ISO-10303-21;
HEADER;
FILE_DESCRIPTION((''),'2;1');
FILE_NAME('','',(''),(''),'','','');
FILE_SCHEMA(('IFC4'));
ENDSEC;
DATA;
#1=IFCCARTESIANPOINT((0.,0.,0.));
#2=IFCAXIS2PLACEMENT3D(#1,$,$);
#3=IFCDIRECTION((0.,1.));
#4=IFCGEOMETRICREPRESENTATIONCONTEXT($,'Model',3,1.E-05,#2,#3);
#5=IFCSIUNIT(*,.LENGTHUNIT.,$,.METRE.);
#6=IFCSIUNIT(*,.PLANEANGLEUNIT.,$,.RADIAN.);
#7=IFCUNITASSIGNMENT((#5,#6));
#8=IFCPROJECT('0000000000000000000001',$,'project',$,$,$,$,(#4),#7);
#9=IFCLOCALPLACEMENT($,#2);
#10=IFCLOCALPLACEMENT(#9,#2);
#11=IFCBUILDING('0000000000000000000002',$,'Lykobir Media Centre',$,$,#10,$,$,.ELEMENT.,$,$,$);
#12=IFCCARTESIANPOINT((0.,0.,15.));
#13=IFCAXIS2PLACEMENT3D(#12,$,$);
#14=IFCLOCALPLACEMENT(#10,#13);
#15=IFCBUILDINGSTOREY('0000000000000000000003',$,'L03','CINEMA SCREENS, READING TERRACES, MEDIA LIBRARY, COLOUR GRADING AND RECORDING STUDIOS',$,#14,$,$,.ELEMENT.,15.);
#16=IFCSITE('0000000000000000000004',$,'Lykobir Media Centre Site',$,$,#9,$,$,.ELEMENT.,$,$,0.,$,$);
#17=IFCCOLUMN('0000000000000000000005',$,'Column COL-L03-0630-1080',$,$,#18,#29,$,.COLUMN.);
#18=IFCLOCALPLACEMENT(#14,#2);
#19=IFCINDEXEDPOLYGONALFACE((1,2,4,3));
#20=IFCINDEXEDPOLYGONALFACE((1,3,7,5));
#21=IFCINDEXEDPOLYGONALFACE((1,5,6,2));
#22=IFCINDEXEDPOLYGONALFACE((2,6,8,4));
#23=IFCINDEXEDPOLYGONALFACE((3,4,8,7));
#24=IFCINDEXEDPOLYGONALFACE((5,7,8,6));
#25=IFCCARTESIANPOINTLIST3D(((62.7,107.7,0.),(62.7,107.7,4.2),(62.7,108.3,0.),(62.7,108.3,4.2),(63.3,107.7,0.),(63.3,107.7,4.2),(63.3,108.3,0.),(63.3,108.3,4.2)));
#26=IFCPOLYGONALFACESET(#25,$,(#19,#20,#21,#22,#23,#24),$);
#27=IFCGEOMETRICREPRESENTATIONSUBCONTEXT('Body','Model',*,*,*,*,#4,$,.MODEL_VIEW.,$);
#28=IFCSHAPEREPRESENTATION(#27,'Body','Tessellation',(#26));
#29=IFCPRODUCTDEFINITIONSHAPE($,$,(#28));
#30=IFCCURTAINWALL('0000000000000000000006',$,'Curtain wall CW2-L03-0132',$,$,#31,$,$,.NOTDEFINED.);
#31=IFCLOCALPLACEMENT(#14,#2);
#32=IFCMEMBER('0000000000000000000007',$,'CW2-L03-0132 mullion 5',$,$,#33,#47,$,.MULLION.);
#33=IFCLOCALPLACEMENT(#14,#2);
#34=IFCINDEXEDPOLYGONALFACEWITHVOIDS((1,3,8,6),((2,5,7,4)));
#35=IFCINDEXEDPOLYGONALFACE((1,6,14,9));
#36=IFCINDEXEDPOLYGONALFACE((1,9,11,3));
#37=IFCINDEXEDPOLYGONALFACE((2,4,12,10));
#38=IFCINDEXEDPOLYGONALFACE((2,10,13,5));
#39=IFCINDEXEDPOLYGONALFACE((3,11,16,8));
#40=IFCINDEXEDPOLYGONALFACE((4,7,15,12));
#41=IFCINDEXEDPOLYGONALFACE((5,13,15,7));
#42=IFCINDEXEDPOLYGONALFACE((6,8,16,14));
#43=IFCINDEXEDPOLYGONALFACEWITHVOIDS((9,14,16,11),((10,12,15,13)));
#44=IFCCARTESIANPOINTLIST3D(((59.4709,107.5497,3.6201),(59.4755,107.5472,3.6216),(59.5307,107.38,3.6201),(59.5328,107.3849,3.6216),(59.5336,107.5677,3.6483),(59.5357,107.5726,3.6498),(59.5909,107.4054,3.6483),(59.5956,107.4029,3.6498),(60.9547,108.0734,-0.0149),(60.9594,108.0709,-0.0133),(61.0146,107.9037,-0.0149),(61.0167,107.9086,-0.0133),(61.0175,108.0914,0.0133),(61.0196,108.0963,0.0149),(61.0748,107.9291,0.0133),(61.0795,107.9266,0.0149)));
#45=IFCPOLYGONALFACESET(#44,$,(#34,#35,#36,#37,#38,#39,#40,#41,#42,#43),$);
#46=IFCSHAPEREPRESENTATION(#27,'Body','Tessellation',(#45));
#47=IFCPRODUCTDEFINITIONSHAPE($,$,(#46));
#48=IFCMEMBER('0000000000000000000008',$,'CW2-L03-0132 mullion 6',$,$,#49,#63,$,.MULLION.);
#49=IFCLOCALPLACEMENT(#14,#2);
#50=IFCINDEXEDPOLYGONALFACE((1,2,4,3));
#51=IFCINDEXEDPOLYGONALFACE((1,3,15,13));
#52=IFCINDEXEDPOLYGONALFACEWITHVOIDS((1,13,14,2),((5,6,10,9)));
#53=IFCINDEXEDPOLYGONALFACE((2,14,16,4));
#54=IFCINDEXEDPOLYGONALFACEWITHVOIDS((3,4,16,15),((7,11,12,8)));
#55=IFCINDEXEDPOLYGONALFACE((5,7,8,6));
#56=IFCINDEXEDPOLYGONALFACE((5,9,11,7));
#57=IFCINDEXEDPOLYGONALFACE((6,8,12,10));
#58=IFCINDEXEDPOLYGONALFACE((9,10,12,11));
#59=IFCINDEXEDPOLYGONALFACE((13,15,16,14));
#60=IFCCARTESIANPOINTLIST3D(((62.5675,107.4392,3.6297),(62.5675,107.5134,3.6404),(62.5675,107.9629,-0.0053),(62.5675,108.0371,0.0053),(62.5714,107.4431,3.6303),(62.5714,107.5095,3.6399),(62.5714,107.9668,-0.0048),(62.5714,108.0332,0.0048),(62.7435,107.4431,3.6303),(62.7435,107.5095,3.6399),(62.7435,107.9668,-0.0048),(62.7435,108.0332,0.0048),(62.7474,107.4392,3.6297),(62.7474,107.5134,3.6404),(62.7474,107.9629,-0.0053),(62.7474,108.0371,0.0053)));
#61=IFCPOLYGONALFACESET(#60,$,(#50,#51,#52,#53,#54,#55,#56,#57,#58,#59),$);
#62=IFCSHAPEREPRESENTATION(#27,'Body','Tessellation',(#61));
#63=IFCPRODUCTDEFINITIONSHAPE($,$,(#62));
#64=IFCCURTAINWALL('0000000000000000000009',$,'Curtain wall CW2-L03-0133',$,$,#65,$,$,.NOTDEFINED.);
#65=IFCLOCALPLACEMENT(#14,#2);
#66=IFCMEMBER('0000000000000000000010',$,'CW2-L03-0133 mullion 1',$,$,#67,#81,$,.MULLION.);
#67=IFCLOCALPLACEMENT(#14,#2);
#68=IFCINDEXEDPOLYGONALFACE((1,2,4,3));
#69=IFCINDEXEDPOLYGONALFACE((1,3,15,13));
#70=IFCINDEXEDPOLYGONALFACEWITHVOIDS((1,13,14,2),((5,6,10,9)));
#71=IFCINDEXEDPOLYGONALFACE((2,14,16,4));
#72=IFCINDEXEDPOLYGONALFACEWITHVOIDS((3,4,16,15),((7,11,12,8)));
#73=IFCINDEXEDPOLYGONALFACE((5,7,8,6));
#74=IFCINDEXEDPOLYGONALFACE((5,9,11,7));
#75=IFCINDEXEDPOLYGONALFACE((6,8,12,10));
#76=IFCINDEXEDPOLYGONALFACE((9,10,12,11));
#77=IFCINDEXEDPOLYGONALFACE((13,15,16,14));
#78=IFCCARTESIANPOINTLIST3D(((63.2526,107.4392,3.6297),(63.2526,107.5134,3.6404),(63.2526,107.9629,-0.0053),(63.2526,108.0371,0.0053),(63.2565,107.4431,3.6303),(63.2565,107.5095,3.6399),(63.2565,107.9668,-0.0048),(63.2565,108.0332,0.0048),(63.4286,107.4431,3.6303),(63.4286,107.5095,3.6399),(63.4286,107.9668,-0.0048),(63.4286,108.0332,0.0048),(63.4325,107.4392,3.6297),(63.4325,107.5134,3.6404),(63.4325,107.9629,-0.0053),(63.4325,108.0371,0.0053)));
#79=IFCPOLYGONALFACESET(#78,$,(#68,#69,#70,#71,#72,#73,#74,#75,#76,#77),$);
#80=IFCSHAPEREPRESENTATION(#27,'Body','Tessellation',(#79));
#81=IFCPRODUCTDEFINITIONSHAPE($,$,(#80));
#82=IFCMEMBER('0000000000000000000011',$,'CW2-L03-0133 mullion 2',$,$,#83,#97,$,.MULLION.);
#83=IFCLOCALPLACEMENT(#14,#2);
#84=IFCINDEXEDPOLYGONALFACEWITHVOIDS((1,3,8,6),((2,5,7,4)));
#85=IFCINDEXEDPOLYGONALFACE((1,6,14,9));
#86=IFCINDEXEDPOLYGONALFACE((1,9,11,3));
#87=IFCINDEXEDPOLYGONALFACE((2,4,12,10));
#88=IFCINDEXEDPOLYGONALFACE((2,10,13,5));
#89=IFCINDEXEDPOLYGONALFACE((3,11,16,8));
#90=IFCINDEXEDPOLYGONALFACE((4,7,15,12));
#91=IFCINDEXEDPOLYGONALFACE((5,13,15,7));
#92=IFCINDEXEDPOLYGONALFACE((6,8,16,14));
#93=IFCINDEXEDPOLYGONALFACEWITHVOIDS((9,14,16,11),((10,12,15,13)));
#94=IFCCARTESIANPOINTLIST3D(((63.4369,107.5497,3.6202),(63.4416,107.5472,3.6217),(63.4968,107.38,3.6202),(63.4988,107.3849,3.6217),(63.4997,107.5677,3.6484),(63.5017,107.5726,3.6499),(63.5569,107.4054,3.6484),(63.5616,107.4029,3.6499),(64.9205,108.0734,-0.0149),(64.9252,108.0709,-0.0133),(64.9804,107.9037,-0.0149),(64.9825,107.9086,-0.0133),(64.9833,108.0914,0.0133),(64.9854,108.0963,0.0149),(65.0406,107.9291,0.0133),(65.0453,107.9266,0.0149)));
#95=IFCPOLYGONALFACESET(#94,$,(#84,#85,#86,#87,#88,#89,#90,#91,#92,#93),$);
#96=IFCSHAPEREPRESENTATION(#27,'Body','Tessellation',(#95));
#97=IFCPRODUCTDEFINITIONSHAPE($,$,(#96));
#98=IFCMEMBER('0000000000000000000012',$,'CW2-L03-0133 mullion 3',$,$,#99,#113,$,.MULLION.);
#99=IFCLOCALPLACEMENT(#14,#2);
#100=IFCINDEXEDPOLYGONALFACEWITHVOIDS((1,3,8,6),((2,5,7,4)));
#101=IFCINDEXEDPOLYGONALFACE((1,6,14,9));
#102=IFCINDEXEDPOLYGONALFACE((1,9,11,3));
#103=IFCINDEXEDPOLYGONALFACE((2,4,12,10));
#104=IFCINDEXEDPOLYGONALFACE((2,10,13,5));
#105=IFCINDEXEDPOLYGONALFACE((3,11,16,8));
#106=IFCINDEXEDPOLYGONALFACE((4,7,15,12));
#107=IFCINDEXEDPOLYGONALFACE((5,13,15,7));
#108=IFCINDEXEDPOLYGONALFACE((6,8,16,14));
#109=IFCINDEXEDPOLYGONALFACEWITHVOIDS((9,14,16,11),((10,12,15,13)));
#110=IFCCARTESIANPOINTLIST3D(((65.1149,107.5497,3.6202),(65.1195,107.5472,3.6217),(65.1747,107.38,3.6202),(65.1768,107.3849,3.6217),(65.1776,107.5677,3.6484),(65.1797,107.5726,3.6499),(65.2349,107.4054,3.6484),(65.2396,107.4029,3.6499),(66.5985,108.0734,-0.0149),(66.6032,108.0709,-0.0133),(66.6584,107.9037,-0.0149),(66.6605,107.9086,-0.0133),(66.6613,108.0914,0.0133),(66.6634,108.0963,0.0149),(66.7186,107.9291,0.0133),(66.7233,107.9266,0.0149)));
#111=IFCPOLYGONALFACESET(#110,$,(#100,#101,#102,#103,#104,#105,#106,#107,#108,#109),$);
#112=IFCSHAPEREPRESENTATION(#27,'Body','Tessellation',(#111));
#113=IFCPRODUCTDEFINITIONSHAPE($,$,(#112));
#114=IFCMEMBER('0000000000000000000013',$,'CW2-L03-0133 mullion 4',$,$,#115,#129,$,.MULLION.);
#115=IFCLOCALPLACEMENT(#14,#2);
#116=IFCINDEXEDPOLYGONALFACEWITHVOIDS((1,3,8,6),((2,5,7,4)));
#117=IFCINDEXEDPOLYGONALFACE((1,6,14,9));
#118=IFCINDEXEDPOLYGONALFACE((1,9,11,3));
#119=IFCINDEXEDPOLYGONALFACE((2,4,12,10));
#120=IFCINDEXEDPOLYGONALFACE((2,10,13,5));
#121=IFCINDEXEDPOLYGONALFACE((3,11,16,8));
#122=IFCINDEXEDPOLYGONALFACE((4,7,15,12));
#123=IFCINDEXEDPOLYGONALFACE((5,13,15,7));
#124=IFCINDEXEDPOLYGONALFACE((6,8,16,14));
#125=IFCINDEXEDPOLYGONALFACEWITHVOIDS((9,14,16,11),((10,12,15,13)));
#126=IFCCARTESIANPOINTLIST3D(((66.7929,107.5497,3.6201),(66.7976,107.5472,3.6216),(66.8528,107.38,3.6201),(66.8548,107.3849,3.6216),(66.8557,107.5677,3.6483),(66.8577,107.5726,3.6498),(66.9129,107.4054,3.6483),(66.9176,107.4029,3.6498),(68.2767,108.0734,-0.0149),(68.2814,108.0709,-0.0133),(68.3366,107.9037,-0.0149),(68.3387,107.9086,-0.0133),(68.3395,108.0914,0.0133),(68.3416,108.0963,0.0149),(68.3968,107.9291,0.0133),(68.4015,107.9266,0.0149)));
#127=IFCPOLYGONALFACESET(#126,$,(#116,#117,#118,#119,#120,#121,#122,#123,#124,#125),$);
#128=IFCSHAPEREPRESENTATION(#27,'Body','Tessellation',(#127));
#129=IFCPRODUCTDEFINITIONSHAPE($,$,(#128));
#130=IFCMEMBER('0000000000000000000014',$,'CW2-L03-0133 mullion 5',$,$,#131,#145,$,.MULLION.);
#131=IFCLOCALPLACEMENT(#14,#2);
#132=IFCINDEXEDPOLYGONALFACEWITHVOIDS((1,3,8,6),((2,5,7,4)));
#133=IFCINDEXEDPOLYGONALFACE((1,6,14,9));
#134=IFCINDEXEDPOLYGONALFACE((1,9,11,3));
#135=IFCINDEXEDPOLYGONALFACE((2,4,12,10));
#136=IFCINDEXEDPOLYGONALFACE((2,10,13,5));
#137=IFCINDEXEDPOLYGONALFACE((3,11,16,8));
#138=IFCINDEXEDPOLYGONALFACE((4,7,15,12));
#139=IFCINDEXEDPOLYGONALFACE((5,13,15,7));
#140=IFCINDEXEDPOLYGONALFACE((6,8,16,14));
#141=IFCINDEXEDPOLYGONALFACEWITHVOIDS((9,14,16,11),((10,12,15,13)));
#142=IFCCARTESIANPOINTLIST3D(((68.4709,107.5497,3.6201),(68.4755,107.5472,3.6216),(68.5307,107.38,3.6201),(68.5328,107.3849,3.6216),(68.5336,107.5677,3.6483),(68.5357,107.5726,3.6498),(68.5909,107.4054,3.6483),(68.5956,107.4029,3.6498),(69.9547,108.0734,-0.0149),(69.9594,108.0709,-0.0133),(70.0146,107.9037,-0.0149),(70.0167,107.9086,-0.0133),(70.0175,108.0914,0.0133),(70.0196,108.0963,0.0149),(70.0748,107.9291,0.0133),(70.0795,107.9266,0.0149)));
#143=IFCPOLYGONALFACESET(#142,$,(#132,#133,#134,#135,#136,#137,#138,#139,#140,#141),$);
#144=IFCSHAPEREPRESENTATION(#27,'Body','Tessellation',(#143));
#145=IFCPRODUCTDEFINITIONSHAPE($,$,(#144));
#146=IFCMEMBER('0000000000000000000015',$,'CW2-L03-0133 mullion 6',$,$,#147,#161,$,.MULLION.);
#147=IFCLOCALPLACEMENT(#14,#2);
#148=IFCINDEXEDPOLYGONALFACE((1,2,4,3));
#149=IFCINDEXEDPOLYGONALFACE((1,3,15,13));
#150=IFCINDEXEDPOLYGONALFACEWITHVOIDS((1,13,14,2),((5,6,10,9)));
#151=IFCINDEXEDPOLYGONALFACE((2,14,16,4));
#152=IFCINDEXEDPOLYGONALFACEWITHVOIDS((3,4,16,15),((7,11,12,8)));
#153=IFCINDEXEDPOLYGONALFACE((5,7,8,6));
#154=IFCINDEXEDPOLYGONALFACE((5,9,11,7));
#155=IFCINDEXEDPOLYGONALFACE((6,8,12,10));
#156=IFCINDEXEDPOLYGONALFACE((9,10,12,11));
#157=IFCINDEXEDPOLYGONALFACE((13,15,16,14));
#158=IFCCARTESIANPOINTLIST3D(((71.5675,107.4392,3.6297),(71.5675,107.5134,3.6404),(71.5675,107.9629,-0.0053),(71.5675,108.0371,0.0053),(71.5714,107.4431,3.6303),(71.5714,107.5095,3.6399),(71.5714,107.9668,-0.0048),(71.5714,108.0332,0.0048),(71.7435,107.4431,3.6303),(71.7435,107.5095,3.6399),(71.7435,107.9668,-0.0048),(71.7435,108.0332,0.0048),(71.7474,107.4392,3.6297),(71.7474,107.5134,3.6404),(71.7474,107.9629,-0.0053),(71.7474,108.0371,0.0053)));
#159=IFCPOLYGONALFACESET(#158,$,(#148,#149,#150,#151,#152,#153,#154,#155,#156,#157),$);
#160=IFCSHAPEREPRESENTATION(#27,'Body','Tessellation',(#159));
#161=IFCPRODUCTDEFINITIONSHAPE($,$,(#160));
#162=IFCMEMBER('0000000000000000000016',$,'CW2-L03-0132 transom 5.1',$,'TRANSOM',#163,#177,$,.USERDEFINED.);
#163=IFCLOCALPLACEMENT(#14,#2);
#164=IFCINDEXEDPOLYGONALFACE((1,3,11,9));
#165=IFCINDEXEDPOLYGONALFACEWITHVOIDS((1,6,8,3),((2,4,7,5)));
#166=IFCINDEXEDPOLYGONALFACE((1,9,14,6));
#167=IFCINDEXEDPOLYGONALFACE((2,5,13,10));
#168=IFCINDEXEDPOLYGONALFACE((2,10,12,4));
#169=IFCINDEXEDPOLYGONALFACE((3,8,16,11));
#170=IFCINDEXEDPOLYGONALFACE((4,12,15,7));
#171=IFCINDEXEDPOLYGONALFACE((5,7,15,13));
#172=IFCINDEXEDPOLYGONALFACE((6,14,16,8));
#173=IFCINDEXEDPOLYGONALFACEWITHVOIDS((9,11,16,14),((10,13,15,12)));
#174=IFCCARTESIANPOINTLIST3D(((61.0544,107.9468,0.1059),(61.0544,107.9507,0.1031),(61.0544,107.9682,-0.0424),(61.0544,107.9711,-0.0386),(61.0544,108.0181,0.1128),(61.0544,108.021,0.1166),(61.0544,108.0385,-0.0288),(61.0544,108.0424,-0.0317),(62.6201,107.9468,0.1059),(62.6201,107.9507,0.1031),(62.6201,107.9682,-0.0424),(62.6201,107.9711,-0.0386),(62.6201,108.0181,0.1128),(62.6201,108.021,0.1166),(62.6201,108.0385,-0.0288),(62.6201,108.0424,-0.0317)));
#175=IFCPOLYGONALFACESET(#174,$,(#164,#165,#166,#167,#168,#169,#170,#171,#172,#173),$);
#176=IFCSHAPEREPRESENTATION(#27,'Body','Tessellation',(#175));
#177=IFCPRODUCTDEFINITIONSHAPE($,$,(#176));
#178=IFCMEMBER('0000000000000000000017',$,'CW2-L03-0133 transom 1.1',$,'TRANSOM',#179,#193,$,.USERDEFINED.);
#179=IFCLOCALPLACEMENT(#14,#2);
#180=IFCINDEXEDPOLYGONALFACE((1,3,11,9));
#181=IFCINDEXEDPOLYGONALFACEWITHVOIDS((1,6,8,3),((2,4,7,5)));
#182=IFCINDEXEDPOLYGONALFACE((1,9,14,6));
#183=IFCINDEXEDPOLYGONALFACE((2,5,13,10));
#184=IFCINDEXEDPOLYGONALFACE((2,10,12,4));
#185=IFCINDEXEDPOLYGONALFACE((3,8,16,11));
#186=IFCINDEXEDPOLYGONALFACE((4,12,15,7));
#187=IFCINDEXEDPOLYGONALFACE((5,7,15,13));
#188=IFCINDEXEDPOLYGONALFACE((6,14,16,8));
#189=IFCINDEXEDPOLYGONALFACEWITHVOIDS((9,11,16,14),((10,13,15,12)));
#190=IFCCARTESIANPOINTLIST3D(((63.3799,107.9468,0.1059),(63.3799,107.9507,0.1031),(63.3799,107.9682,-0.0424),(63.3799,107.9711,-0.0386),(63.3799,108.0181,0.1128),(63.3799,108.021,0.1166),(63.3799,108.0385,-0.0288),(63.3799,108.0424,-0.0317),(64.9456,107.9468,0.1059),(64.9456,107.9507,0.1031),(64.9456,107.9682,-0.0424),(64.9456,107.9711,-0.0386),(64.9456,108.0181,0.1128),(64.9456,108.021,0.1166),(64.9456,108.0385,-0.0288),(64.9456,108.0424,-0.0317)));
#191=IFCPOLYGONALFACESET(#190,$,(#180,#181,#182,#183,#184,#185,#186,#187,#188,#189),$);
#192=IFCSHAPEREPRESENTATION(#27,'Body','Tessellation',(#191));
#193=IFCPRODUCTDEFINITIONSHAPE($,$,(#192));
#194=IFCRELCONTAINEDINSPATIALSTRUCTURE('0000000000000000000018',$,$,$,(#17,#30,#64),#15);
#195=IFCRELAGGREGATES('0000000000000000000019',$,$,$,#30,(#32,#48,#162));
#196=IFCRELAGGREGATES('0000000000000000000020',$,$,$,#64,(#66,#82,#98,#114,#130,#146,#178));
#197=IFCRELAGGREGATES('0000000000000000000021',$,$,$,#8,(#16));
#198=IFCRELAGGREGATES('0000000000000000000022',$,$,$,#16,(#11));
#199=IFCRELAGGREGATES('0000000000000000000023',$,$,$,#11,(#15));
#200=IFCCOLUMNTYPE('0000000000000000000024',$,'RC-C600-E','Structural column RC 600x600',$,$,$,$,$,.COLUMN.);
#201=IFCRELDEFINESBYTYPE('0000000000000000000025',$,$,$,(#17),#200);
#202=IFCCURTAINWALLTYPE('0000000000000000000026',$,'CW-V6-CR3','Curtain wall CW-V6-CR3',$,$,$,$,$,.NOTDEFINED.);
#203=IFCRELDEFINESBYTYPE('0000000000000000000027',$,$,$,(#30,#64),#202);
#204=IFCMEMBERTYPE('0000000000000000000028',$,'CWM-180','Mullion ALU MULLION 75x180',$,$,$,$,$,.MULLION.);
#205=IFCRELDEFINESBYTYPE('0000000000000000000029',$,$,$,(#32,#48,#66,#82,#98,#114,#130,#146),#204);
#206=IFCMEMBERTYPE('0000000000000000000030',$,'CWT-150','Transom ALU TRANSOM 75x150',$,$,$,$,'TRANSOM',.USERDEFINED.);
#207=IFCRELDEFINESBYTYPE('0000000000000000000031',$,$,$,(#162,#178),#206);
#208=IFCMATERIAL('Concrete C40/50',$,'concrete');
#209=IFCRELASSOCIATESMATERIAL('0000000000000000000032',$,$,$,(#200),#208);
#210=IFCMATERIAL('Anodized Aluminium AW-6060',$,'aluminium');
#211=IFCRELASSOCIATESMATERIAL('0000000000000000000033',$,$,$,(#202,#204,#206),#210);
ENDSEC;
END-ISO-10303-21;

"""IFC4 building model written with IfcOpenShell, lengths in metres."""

from ifc_helpers import new_model, si_unit, direction, frame, origin, origin_2d, place, context, subcontext, project, spatial, rectangle, hollow_rectangle, extrude, material, material_profile, profile_set, type_object, element, aggregate, save


model = new_model("IFC4")

# Units and contexts
model_context = context("Model", 3, precision=1e-05, world=origin(), true_north=direction((0.0, 1.0)))
body_context = subcontext(model_context, "Body", "Model", "MODEL_VIEW")
ifc_project = project(units=[si_unit("LENGTHUNIT", "METRE"), si_unit("PLANEANGLEUNIT", "RADIAN")], contexts=[model_context])

# Site, building, storey
site_placement = place(None, origin())
site = spatial("IfcSite", under=ifc_project, at=site_placement, Name="Lykobir Media Centre Site", CompositionType="ELEMENT", RefElevation=0.0)
building_placement = place(site_placement, origin())
building = spatial("IfcBuilding", under=site, at=building_placement, Name="Lykobir Media Centre", CompositionType="ELEMENT")
storey_placement = place(building_placement, frame((0.0, 0.0, 15.0)))
storey = spatial("IfcBuildingStorey", under=building, at=storey_placement, Name="L03", Description="CINEMA SCREENS, READING TERRACES, MEDIA LIBRARY, COLOUR GRADING AND RECORDING STUDIOS", CompositionType="ELEMENT", Elevation=15.0)

# Column
ifc_material_1 = material(Name="Concrete C40/50", Category="concrete")
ifc_material_profile_1 = material_profile(ifc_material_1, rectangle(XDim=0.6001, YDim=0.6001, at=origin_2d()), Name="RC 600x600")
ifc_profile_set_1 = profile_set([ifc_material_profile_1], Name="Concrete C40/50")
column_type = type_object("IfcColumnType", Name="RC-C600-E", Description="Structural column RC 600x600", PredefinedType="COLUMN", material=ifc_profile_set_1)
column_placement = place(storey_placement, frame((63.0, 108.0, 0.0), z_axis=(0.0, 0.0, 1.0), x_axis=(1.0, 0.0, 0.0)))
element("IfcColumn", 1, at=column_placement, inside=storey, type_object=column_type, Name="Column COL-L03-0630-1080", PredefinedType="COLUMN", context=body_context, shape_type="SweptSolid", body=[
    extrude(rectangle(XDim=0.6001, YDim=0.6001, at=origin_2d()), origin(), (0.0, 0.0, 1.0), 4.2),
])

# Curtain walls, members
ifc_material_2 = material(Name="Anodized Aluminium AW-6060", Category="aluminium")
curtain_wall_type = type_object("IfcCurtainWallType", Name="CW-V6-CR3", Description="Curtain wall CW-V6-CR3", PredefinedType="NOTDEFINED", material=ifc_material_2)
curtain_wall_1_placement = place(storey_placement, origin())
curtain_wall_1 = element("IfcCurtainWall", 2, at=curtain_wall_1_placement, inside=storey, type_object=curtain_wall_type, Name="Curtain wall CW2-L03-0132", PredefinedType="NOTDEFINED")
ifc_material_profile_2 = material_profile(ifc_material_2, hollow_rectangle(XDim=0.075, YDim=0.1799, WallThickness=0.0039, at=origin_2d()), Name="ALU MULLION 75x180")
ifc_profile_set_2 = profile_set([ifc_material_profile_2], Name="Anodized Aluminium AW-6060")
member_type_1 = type_object("IfcMemberType", Name="CWM-180", Description="Mullion ALU MULLION 75x180", PredefinedType="MULLION", material=ifc_profile_set_2)
member_1_placement = place(storey_placement, frame((61.0171, 108.0, 0.0), z_axis=(-0.374625, -0.13221, 0.917702), x_axis=(0.865392, 0.305407, 0.39727)))
member_1 = element("IfcMember", 3, at=member_1_placement, type_object=member_type_1, Name="CW2-L03-0132 mullion 5", PredefinedType="MULLION", context=body_context, shape_type="SweptSolid", body=[
    extrude(hollow_rectangle(XDim=0.075, YDim=0.1799, WallThickness=0.0039, at=origin_2d()), origin(), (0.0, 0.0, 1.0), 3.9609),
])
member_2_placement = place(storey_placement, frame((62.6575, 108.0, 0.0), z_axis=(0.0, -0.142594, 0.989781), x_axis=(0.0, 0.989781, 0.142594)))
member_2 = element("IfcMember", 4, at=member_2_placement, type_object=member_type_1, Name="CW2-L03-0132 mullion 6", PredefinedType="MULLION", context=body_context, shape_type="SweptSolid", body=[
    extrude(hollow_rectangle(XDim=0.075, YDim=0.1799, WallThickness=0.0039, at=origin_2d()), origin(), (0.0, 0.0, 1.0), 3.6726),
])
curtain_wall_2_placement = place(storey_placement, origin())
curtain_wall_2 = element("IfcCurtainWall", 5, at=curtain_wall_2_placement, inside=storey, type_object=curtain_wall_type, Name="Curtain wall CW2-L03-0133", PredefinedType="NOTDEFINED")
member_3_placement = place(storey_placement, frame((63.3425, 108.0, 0.0), z_axis=(0.0, -0.142594, 0.989781), x_axis=(0.0, 0.989781, 0.142594)))
member_3 = element("IfcMember", 6, at=member_3_placement, type_object=member_type_1, Name="CW2-L03-0133 mullion 1", PredefinedType="MULLION", context=body_context, shape_type="SweptSolid", body=[
    extrude(hollow_rectangle(XDim=0.075, YDim=0.1799, WallThickness=0.0039, at=origin_2d()), origin(), (0.0, 0.0, 1.0), 3.6726),
])
member_4_placement = place(storey_placement, frame((64.9829, 108.0, 0.0), z_axis=(-0.374572, -0.132213, 0.917723), x_axis=(0.865396, 0.305459, 0.397221)))
member_4 = element("IfcMember", 7, at=member_4_placement, type_object=member_type_1, Name="CW2-L03-0133 mullion 2", PredefinedType="MULLION", context=body_context, shape_type="SweptSolid", body=[
    extrude(hollow_rectangle(XDim=0.075, YDim=0.1799, WallThickness=0.0039, at=origin_2d()), origin(), (0.0, 0.0, 1.0), 3.9609),
])
member_5_placement = place(storey_placement, frame((66.6609, 108.0, 0.0), z_axis=(-0.374572, -0.132213, 0.917723), x_axis=(0.865396, 0.305459, 0.397221)))
member_5 = element("IfcMember", 8, at=member_5_placement, type_object=member_type_1, Name="CW2-L03-0133 mullion 3", PredefinedType="MULLION", context=body_context, shape_type="SweptSolid", body=[
    extrude(hollow_rectangle(XDim=0.075, YDim=0.1799, WallThickness=0.0039, at=origin_2d()), origin(), (0.0, 0.0, 1.0), 3.9609),
])
member_6_placement = place(storey_placement, frame((68.3391, 108.0, 0.0), z_axis=(-0.374625, -0.13221, 0.917702), x_axis=(0.865392, 0.305407, 0.39727)))
member_6 = element("IfcMember", 9, at=member_6_placement, type_object=member_type_1, Name="CW2-L03-0133 mullion 4", PredefinedType="MULLION", context=body_context, shape_type="SweptSolid", body=[
    extrude(hollow_rectangle(XDim=0.075, YDim=0.1799, WallThickness=0.0039, at=origin_2d()), origin(), (0.0, 0.0, 1.0), 3.9609),
])
member_7_placement = place(storey_placement, frame((70.0171, 108.0, 0.0), z_axis=(-0.374625, -0.13221, 0.917702), x_axis=(0.865392, 0.305407, 0.39727)))
member_7 = element("IfcMember", 10, at=member_7_placement, type_object=member_type_1, Name="CW2-L03-0133 mullion 5", PredefinedType="MULLION", context=body_context, shape_type="SweptSolid", body=[
    extrude(hollow_rectangle(XDim=0.075, YDim=0.1799, WallThickness=0.0039, at=origin_2d()), origin(), (0.0, 0.0, 1.0), 3.9609),
])
member_8_placement = place(storey_placement, frame((71.6575, 108.0, 0.0), z_axis=(0.0, -0.142594, 0.989781), x_axis=(0.0, 0.989781, 0.142594)))
member_8 = element("IfcMember", 11, at=member_8_placement, type_object=member_type_1, Name="CW2-L03-0133 mullion 6", PredefinedType="MULLION", context=body_context, shape_type="SweptSolid", body=[
    extrude(hollow_rectangle(XDim=0.075, YDim=0.1799, WallThickness=0.0039, at=origin_2d()), origin(), (0.0, 0.0, 1.0), 3.6726),
])

# Members
ifc_material_profile_3 = material_profile(ifc_material_2, hollow_rectangle(XDim=0.075, YDim=0.1499, WallThickness=0.0034, at=origin_2d()), Name="ALU TRANSOM 75x150")
ifc_profile_set_3 = profile_set([ifc_material_profile_3], Name="Anodized Aluminium AW-6060")
member_type_2 = type_object("IfcMemberType", Name="CWT-150", Description="Transom ALU TRANSOM 75x150", ElementType="TRANSOM", PredefinedType="USERDEFINED", material=ifc_profile_set_3)
member_9_placement = place(storey_placement, frame((61.0544, 107.9946, 0.0371), z_axis=(1.0, 0.0, 0.0), x_axis=(0.0, 0.989776, 0.142629)))
member_9 = element("IfcMember", 12, at=member_9_placement, type_object=member_type_2, Name="CW2-L03-0132 transom 5.1", ObjectType="TRANSOM", PredefinedType="USERDEFINED", context=body_context, shape_type="SweptSolid", body=[
    extrude(hollow_rectangle(XDim=0.075, YDim=0.1499, WallThickness=0.0034, at=origin_2d()), origin(), (0.0, 0.0, 1.0), 1.5657),
])
member_10_placement = place(storey_placement, frame((63.3799, 107.9946, 0.0371), z_axis=(1.0, 0.0, 0.0), x_axis=(0.0, 0.989776, 0.142629)))
member_10 = element("IfcMember", 13, at=member_10_placement, type_object=member_type_2, Name="CW2-L03-0133 transom 1.1", ObjectType="TRANSOM", PredefinedType="USERDEFINED", context=body_context, shape_type="SweptSolid", body=[
    extrude(hollow_rectangle(XDim=0.075, YDim=0.1499, WallThickness=0.0034, at=origin_2d()), origin(), (0.0, 0.0, 1.0), 1.5657),
])

aggregate(curtain_wall_1, [member_1, member_2, member_9])
aggregate(curtain_wall_2, [member_3, member_4, member_5, member_6, member_7, member_8, member_10])

save(model, "model.ifc")
